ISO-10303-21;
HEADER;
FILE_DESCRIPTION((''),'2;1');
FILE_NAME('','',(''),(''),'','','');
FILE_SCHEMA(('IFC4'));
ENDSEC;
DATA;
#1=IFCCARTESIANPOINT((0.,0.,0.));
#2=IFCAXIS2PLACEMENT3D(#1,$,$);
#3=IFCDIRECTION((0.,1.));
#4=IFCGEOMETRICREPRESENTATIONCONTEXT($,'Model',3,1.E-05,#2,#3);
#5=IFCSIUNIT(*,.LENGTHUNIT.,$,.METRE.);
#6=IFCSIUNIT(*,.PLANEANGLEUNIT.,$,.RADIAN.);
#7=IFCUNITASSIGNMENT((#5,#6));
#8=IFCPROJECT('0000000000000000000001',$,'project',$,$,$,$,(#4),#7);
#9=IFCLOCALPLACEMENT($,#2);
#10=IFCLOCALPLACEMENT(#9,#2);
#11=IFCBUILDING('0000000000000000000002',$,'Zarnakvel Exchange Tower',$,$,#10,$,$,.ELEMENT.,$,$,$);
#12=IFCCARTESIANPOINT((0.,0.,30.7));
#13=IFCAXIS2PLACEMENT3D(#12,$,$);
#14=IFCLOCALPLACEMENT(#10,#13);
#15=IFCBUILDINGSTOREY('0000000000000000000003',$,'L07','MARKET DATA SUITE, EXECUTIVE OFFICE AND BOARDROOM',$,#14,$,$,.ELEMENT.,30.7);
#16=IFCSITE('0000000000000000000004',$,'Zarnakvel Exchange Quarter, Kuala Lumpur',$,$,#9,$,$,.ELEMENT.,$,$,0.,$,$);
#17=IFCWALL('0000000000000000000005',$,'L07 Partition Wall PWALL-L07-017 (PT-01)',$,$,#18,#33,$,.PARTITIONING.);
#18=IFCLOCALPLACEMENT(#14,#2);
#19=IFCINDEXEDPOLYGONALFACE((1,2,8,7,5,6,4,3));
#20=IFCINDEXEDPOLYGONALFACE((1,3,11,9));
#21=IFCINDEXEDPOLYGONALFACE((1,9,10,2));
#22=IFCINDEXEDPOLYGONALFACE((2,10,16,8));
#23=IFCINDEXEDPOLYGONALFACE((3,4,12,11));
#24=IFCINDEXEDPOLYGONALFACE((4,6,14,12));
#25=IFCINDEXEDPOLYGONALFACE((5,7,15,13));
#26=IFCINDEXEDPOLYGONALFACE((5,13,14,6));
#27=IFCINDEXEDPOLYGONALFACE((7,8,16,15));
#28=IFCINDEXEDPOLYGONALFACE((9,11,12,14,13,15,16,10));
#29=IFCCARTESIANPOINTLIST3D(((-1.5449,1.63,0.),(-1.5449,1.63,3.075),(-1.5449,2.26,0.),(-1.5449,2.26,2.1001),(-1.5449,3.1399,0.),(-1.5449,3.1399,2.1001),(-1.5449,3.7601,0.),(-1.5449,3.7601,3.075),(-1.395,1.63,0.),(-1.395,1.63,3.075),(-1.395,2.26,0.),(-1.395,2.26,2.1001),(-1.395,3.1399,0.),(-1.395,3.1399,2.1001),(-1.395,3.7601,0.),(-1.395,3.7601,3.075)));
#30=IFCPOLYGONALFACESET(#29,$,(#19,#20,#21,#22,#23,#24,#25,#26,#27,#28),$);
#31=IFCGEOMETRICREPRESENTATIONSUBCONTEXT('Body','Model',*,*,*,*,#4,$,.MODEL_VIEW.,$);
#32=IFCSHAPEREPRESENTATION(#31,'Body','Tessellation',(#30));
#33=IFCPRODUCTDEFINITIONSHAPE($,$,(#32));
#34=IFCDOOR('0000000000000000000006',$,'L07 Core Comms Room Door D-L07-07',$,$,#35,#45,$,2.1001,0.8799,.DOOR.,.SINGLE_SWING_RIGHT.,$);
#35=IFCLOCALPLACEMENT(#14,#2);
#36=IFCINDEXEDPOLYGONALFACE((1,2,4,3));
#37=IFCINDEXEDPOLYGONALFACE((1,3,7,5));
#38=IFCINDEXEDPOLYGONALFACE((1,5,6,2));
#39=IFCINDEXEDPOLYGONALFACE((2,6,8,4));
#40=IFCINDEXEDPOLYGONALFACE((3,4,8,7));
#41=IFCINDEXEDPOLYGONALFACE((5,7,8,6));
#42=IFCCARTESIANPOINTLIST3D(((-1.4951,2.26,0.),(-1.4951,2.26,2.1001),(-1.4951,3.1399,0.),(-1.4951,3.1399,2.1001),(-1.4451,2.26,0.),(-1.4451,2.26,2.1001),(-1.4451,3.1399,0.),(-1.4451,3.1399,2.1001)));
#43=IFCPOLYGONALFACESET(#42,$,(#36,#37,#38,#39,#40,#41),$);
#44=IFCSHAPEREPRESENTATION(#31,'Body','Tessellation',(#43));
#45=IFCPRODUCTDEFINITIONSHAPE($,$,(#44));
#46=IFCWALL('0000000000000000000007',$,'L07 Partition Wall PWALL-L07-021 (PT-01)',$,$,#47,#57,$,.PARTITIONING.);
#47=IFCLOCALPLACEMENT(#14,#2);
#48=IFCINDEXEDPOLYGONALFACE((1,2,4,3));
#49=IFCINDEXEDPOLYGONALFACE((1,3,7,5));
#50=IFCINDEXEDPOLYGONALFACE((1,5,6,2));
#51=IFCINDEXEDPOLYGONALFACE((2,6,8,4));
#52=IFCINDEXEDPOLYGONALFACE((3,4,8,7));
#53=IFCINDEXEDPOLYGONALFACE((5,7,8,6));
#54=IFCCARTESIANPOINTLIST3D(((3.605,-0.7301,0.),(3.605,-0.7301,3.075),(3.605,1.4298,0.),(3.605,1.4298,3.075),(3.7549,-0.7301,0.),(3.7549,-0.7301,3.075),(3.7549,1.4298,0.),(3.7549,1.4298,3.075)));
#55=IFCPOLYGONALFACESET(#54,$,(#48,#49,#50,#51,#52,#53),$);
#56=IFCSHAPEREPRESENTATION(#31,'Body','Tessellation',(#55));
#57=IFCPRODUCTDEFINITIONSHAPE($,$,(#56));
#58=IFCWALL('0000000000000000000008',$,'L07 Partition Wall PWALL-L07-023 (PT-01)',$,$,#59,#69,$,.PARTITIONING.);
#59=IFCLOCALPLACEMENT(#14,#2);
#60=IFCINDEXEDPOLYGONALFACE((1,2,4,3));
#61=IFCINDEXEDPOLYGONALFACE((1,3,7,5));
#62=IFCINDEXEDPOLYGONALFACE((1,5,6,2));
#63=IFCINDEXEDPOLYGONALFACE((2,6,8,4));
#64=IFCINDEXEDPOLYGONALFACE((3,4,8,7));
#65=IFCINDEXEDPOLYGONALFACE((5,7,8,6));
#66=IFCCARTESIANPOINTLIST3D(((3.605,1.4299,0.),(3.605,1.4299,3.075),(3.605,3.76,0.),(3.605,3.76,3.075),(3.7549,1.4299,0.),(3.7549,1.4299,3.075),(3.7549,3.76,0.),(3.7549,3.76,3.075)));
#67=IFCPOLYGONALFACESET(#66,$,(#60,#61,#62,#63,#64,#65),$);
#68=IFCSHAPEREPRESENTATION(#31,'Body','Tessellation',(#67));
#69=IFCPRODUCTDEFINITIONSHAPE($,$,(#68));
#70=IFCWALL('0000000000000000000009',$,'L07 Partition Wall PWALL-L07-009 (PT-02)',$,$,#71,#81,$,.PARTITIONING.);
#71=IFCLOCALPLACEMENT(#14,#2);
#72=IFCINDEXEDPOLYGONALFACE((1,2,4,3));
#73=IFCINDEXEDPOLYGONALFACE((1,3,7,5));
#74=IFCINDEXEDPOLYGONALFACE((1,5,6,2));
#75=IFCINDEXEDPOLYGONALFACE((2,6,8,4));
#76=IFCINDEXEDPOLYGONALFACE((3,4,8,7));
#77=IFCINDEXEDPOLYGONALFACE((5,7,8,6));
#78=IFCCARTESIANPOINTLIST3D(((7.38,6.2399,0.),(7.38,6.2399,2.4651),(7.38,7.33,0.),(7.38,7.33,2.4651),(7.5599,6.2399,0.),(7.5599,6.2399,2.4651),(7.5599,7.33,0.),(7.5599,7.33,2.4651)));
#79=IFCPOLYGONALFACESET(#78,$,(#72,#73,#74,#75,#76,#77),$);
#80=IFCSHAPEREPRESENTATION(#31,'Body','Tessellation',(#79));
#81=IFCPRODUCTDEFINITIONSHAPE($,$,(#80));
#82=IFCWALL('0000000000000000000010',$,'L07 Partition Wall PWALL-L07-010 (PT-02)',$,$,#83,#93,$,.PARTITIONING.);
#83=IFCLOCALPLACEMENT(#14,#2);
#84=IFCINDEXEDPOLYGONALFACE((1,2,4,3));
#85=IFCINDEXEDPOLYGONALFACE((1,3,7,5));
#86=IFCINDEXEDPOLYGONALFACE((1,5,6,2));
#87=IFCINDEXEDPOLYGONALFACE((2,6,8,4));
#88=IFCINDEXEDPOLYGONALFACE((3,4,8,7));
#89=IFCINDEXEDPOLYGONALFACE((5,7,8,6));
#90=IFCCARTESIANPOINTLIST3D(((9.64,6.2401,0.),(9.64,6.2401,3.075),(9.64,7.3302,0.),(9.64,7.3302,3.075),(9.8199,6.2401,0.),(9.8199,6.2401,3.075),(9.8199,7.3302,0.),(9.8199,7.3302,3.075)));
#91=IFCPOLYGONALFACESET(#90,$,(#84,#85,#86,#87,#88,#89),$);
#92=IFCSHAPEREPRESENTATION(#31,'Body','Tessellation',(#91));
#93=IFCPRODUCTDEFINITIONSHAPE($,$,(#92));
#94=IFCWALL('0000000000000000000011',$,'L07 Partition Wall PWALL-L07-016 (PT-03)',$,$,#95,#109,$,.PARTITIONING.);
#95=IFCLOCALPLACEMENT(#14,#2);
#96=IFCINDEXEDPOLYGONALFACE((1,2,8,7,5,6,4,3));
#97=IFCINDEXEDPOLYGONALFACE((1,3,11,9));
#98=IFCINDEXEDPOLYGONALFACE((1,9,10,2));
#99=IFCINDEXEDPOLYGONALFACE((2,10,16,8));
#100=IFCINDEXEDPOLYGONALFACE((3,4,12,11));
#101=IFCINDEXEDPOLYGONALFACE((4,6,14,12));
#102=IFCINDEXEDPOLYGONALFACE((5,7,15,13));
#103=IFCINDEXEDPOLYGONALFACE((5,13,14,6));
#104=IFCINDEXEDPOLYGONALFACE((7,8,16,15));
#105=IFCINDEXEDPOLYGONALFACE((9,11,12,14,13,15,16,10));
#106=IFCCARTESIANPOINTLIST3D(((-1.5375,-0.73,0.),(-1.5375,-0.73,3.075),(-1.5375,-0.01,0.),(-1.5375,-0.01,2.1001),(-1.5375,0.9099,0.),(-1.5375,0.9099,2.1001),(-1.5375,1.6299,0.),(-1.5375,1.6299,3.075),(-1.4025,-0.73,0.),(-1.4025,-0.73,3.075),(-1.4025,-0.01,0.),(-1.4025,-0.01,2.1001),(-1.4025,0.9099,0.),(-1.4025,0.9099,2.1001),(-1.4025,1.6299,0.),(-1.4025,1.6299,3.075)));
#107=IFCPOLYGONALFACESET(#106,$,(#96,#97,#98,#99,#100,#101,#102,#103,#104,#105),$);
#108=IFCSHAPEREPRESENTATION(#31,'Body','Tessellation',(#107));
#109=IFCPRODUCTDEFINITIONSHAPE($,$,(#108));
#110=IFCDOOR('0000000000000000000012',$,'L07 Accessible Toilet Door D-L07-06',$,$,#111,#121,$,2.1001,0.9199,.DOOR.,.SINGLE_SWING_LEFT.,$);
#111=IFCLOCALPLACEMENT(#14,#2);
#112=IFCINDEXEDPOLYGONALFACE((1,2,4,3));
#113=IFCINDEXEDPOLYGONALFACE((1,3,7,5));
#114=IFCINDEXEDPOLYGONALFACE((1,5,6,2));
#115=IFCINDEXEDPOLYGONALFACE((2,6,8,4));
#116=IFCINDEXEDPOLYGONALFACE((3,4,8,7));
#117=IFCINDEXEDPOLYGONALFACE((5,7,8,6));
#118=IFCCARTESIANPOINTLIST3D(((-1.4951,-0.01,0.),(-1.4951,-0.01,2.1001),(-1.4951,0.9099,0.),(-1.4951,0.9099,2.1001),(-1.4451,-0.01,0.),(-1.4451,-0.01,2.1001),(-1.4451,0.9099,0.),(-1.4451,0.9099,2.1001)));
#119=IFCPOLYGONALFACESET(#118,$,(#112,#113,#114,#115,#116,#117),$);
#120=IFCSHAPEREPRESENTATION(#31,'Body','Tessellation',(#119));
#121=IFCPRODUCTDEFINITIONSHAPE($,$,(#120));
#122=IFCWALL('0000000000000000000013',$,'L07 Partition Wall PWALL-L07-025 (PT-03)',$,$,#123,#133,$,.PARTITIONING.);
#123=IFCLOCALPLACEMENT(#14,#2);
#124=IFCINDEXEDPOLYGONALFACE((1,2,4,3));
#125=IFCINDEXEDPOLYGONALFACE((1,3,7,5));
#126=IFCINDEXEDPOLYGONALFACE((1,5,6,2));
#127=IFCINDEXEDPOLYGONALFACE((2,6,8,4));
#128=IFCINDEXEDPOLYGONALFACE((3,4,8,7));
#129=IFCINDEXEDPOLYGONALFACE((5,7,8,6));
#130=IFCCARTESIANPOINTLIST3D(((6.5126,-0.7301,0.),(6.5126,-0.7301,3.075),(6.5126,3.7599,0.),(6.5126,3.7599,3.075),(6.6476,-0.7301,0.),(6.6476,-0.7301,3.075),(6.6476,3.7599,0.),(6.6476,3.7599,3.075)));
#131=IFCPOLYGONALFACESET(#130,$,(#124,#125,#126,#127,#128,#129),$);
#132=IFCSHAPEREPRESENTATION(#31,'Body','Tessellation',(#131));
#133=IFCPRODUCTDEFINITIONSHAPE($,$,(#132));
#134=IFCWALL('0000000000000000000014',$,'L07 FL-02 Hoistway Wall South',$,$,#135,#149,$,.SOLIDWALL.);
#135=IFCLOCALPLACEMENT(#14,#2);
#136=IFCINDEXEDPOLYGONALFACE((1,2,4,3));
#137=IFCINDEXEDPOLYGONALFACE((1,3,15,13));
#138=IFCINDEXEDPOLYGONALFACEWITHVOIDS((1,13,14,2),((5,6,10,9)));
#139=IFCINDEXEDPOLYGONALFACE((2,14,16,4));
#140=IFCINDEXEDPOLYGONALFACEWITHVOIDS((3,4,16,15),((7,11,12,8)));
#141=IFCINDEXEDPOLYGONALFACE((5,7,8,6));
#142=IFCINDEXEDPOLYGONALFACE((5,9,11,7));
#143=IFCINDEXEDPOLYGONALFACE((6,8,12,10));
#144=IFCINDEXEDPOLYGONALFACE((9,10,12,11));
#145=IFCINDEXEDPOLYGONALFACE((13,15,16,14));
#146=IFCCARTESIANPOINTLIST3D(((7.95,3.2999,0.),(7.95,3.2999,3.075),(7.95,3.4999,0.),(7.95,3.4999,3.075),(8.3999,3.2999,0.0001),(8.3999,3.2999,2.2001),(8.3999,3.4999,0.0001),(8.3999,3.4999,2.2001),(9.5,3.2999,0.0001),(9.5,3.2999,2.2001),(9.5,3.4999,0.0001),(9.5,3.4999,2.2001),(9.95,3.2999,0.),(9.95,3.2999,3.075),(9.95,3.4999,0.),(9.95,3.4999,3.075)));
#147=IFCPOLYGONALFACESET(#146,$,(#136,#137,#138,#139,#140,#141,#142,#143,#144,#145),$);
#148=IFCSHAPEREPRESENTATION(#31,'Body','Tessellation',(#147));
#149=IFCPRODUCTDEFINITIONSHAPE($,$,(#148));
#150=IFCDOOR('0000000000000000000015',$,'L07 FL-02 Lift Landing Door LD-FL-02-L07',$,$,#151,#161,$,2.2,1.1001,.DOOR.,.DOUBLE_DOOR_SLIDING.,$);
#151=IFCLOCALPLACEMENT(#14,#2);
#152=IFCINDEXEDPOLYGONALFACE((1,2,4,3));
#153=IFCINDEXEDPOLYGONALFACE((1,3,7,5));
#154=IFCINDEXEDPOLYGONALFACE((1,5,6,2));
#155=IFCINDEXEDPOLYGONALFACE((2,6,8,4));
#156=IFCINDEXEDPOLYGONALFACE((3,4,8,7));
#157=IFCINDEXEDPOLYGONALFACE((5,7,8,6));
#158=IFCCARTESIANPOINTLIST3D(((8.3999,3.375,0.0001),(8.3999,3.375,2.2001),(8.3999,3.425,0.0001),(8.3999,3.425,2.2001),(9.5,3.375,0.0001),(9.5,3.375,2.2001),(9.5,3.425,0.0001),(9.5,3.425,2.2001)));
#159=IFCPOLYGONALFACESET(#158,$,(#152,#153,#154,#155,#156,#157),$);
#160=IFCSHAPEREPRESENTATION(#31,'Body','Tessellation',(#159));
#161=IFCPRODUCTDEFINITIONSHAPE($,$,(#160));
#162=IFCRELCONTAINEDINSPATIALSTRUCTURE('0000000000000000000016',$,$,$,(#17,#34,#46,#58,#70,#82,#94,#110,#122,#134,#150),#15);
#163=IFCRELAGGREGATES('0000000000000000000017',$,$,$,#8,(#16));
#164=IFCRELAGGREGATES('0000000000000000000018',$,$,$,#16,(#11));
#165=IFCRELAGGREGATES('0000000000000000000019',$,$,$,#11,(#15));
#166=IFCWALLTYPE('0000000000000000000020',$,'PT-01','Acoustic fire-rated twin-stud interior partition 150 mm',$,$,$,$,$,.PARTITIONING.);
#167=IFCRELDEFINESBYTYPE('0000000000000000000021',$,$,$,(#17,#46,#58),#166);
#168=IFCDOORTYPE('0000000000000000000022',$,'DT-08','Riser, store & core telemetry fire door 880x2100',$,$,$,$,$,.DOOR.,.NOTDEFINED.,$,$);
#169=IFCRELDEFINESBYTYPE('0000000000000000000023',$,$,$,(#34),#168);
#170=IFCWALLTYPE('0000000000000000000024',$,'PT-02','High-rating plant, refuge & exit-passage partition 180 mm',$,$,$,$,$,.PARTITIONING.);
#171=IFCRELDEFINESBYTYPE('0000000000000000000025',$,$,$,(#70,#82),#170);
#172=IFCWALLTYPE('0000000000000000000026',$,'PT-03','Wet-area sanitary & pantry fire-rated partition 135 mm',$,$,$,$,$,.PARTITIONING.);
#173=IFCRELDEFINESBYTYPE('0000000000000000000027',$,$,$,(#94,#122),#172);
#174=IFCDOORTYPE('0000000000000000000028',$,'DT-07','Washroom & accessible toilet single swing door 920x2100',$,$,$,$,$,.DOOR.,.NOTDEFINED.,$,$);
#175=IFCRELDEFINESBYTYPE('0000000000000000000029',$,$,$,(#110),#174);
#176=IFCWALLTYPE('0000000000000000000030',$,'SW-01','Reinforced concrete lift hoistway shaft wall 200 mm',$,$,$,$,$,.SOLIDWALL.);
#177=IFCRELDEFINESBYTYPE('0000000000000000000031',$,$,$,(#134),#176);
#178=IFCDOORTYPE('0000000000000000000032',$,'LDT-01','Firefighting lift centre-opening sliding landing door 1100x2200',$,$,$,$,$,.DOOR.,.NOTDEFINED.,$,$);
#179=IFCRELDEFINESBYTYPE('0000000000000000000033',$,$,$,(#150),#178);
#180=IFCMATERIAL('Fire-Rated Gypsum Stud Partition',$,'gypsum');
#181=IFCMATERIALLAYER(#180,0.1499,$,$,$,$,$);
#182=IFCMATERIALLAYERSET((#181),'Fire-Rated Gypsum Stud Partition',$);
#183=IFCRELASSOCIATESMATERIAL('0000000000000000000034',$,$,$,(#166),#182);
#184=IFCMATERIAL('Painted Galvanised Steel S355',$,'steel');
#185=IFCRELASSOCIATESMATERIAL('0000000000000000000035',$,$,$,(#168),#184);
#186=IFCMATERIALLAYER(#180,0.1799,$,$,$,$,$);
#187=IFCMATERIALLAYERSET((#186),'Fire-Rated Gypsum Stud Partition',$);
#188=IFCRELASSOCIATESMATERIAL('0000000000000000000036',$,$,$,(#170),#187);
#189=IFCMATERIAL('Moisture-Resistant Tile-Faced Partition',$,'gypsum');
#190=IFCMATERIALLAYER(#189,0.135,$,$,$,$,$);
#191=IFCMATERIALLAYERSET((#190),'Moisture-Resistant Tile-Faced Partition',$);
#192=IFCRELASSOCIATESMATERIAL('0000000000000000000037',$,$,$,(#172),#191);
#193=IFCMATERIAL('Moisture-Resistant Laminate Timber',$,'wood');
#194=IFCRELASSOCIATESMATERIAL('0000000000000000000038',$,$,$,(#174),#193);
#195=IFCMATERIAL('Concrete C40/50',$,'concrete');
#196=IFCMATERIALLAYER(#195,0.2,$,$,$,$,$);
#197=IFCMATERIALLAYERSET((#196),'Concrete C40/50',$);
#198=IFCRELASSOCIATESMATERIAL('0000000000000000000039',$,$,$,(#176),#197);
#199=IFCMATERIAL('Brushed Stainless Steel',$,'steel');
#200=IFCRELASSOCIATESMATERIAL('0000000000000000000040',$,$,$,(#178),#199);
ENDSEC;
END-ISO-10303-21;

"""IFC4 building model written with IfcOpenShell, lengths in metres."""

from ifc_helpers import new_model, si_unit, direction, frame, frame_2d, origin, place, context, subcontext, project, spatial, rectangle, extrude, source, transform, mapped, material, layer, layer_set, type_object, element, fill, save


model = new_model("IFC4")

# Units and contexts
model_context = context("Model", 3, precision=1e-05, world=origin(), true_north=direction((0.0, 1.0)))
body_context = subcontext(model_context, "Body", "Model", "MODEL_VIEW")
ifc_project = project(units=[si_unit("LENGTHUNIT", "METRE"), si_unit("PLANEANGLEUNIT", "RADIAN")], contexts=[model_context])

# Site, building, storey
site_placement = place(None, origin())
site = spatial("IfcSite", under=ifc_project, at=site_placement, Name="Zarnakvel Exchange Quarter, Kuala Lumpur", CompositionType="ELEMENT", RefElevation=0.0)
building_placement = place(site_placement, origin())
building = spatial("IfcBuilding", under=site, at=building_placement, Name="Zarnakvel Exchange Tower", CompositionType="ELEMENT")
storey_placement = place(building_placement, frame((0.0, 0.0, 30.7)))
storey = spatial("IfcBuildingStorey", under=building, at=storey_placement, Name="L07", Description="MARKET DATA SUITE, EXECUTIVE OFFICE AND BOARDROOM", CompositionType="ELEMENT", Elevation=30.7)

# Wall, opening, door
ifc_material_1 = material(Name="Fire-Rated Gypsum Stud Partition", Category="gypsum")
ifc_layer_1 = layer(ifc_material_1, 0.1499)
ifc_layer_set_1 = layer_set([ifc_layer_1], Name="Fire-Rated Gypsum Stud Partition")
wall_type_1 = type_object("IfcWallType", Name="PT-01", Description="Acoustic fire-rated twin-stud interior partition 150 mm", PredefinedType="PARTITIONING", material=ifc_layer_set_1)
wall_1_placement = place(storey_placement, frame((-1.47, 3.76, 0.0), z_axis=(0.0, 0.0, 1.0), x_axis=(0.0, -1.0, 0.0)))
wall_1 = element("IfcWall", 1, at=wall_1_placement, inside=storey, type_object=wall_type_1, Name="L07 Partition Wall PWALL-L07-017 (PT-01)", PredefinedType="PARTITIONING", context=body_context, shape_type="SweptSolid", body=[
    extrude(rectangle(XDim=2.1301, YDim=0.1499, at=frame_2d((1.0649, 0.0))), origin(), (0.0, 0.0, 1.0), 3.075),
])
opening_1_placement = place(wall_1_placement, frame((0.6201, 0.0, 0.0)))
opening_1 = element("IfcOpeningElement", 2, at=opening_1_placement, cuts=wall_1, PredefinedType="OPENING", context=body_context, shape_type="SweptSolid", body=[
    extrude(rectangle(XDim=0.8799, YDim=2.1001, at=frame_2d((0.4399, 1.05))), frame((0.0, 0.085, 0.0), z_axis=(0.0, -1.0, 0.0), x_axis=(1.0, 0.0, 0.0)), (0.0, 0.0, 1.0), 0.1699),
])
ifc_material_2 = material(Name="Painted Galvanised Steel S355", Category="steel")
door_type_1 = type_object("IfcDoorType", Name="DT-08", Description="Riser, store & core telemetry fire door 880x2100", OperationType="NOTDEFINED", PredefinedType="DOOR", material=ifc_material_2)
shared_shape_1 = source(origin(), body_context, "Body", "SweptSolid", [
    extrude(rectangle(XDim=0.8799, YDim=2.1001, at=frame_2d((0.4399, 1.05))), frame((0.0, 0.0249, 0.0), z_axis=(0.0, -1.0, 0.0), x_axis=(1.0, 0.0, 0.0)), (0.0, 0.0, 1.0), 0.05),
])
door_1_placement = place(opening_1_placement, origin())
door_1 = element("IfcDoor", 3, at=door_1_placement, inside=storey, type_object=door_type_1, Name="L07 Core Comms Room Door D-L07-07", OperationType="SINGLE_SWING_RIGHT", OverallHeight=2.1001, OverallWidth=0.8799, PredefinedType="DOOR", context=body_context, shape_type="MappedRepresentation", body=[
    mapped(shared_shape_1, transform((0.0, 0.0, 0.0), x_axis=(1.0, 0.0, 0.0), y_axis=(0.0, 1.0, 0.0), z_axis=(0.0, 0.0, 1.0), scale=1.0)),
])
fill(opening_1, door_1)

# Wall
wall_2_placement = place(storey_placement, frame((3.6799, 1.4299, 0.0), z_axis=(0.0, 0.0, 1.0), x_axis=(0.0, -1.0, 0.0)))
element("IfcWall", 4, at=wall_2_placement, inside=storey, type_object=wall_type_1, Name="L07 Partition Wall PWALL-L07-021 (PT-01)", PredefinedType="PARTITIONING", context=body_context, shape_type="SweptSolid", body=[
    extrude(rectangle(XDim=2.1599, YDim=0.1499, at=frame_2d((1.0801, 0.0))), origin(), (0.0, 0.0, 1.0), 3.075),
])

# Walls
wall_3_placement = place(storey_placement, frame((3.6799, 3.76, 0.0), z_axis=(0.0, 0.0, 1.0), x_axis=(0.0, -1.0, 0.0)))
element("IfcWall", 5, at=wall_3_placement, inside=storey, type_object=wall_type_1, Name="L07 Partition Wall PWALL-L07-023 (PT-01)", PredefinedType="PARTITIONING", context=body_context, shape_type="SweptSolid", body=[
    extrude(rectangle(XDim=2.3301, YDim=0.1499, at=frame_2d((1.165, 0.0))), origin(), (0.0, 0.0, 1.0), 3.075),
])
ifc_layer_2 = layer(ifc_material_1, 0.1799)
ifc_layer_set_2 = layer_set([ifc_layer_2], Name="Fire-Rated Gypsum Stud Partition")
wall_type_2 = type_object("IfcWallType", Name="PT-02", Description="High-rating plant, refuge & exit-passage partition 180 mm", PredefinedType="PARTITIONING", material=ifc_layer_set_2)
wall_4_placement = place(storey_placement, frame((7.47, 6.24, 0.0), z_axis=(0.0, 0.0, 1.0), x_axis=(0.0, 1.0, 0.0)))
element("IfcWall", 6, at=wall_4_placement, inside=storey, type_object=wall_type_2, Name="L07 Partition Wall PWALL-L07-009 (PT-02)", PredefinedType="PARTITIONING", context=body_context, shape_type="SweptSolid", body=[
    extrude(rectangle(XDim=1.0901, YDim=0.1799, at=frame_2d((0.5449, 0.0))), origin(), (0.0, 0.0, 1.0), 2.4651),
])
wall_5_placement = place(storey_placement, frame((9.73, 7.3301, 0.0), z_axis=(0.0, 0.0, 1.0), x_axis=(0.0, -1.0, 0.0)))
element("IfcWall", 7, at=wall_5_placement, inside=storey, type_object=wall_type_2, Name="L07 Partition Wall PWALL-L07-010 (PT-02)", PredefinedType="PARTITIONING", context=body_context, shape_type="SweptSolid", body=[
    extrude(rectangle(XDim=1.0901, YDim=0.1799, at=frame_2d((0.5449, 0.0))), origin(), (0.0, 0.0, 1.0), 3.075),
])

# Wall, opening, door
ifc_material_3 = material(Name="Moisture-Resistant Tile-Faced Partition", Category="gypsum")
ifc_layer_3 = layer(ifc_material_3, 0.135)
ifc_layer_set_3 = layer_set([ifc_layer_3], Name="Moisture-Resistant Tile-Faced Partition")
wall_type_3 = type_object("IfcWallType", Name="PT-03", Description="Wet-area sanitary & pantry fire-rated partition 135 mm", PredefinedType="PARTITIONING", material=ifc_layer_set_3)
wall_6_placement = place(storey_placement, frame((-1.47, 1.6299, 0.0), z_axis=(0.0, 0.0, 1.0), x_axis=(0.0, -1.0, 0.0)))
wall_6 = element("IfcWall", 8, at=wall_6_placement, inside=storey, type_object=wall_type_3, Name="L07 Partition Wall PWALL-L07-016 (PT-03)", PredefinedType="PARTITIONING", context=body_context, shape_type="SweptSolid", body=[
    extrude(rectangle(XDim=2.3599, YDim=0.135, at=frame_2d((1.1799, 0.0))), origin(), (0.0, 0.0, 1.0), 3.075),
])
opening_2_placement = place(wall_6_placement, frame((0.72, 0.0, 0.0)))
opening_2 = element("IfcOpeningElement", 9, at=opening_2_placement, cuts=wall_6, PredefinedType="OPENING", context=body_context, shape_type="SweptSolid", body=[
    extrude(rectangle(XDim=0.9199, YDim=2.1001, at=frame_2d((0.46, 1.05))), frame((0.0, 0.0774, 0.0), z_axis=(0.0, -1.0, 0.0), x_axis=(1.0, 0.0, 0.0)), (0.0, 0.0, 1.0), 0.155),
])
ifc_material_4 = material(Name="Moisture-Resistant Laminate Timber", Category="wood")
door_type_2 = type_object("IfcDoorType", Name="DT-07", Description="Washroom & accessible toilet single swing door 920x2100", OperationType="NOTDEFINED", PredefinedType="DOOR", material=ifc_material_4)
shared_shape_2 = source(origin(), body_context, "Body", "SweptSolid", [
    extrude(rectangle(XDim=0.9199, YDim=2.1001, at=frame_2d((0.46, 1.05))), frame((0.0, 0.0249, 0.0), z_axis=(0.0, -1.0, 0.0), x_axis=(1.0, 0.0, 0.0)), (0.0, 0.0, 1.0), 0.05),
])
door_2_placement = place(opening_2_placement, origin())
door_2 = element("IfcDoor", 10, at=door_2_placement, inside=storey, type_object=door_type_2, Name="L07 Accessible Toilet Door D-L07-06", OperationType="SINGLE_SWING_LEFT", OverallHeight=2.1001, OverallWidth=0.9199, PredefinedType="DOOR", context=body_context, shape_type="MappedRepresentation", body=[
    mapped(shared_shape_2, transform((0.0, 0.0, 0.0), x_axis=(1.0, 0.0, 0.0), y_axis=(0.0, 1.0, 0.0), z_axis=(0.0, 0.0, 1.0), scale=1.0)),
])
fill(opening_2, door_2)

# Wall
wall_7_placement = place(storey_placement, frame((6.5801, 3.76, 0.0), z_axis=(0.0, 0.0, 1.0), x_axis=(0.0, -1.0, 0.0)))
element("IfcWall", 11, at=wall_7_placement, inside=storey, type_object=wall_type_3, Name="L07 Partition Wall PWALL-L07-025 (PT-03)", PredefinedType="PARTITIONING", context=body_context, shape_type="SweptSolid", body=[
    extrude(rectangle(XDim=4.49, YDim=0.135, at=frame_2d((2.2451, 0.0))), origin(), (0.0, 0.0, 1.0), 3.075),
])

# Wall, opening, door
ifc_material_5 = material(Name="Concrete C40/50", Category="concrete")
ifc_layer_4 = layer(ifc_material_5, 0.2)
ifc_layer_set_4 = layer_set([ifc_layer_4], Name="Concrete C40/50")
wall_type_4 = type_object("IfcWallType", Name="SW-01", Description="Reinforced concrete lift hoistway shaft wall 200 mm", PredefinedType="SOLIDWALL", material=ifc_layer_set_4)
wall_8_placement = place(storey_placement, frame((9.95, 3.3999, 0.0), z_axis=(0.0, 0.0, 1.0), x_axis=(-1.0, 0.0, 0.0)))
wall_8 = element("IfcWall", 12, at=wall_8_placement, inside=storey, type_object=wall_type_4, Name="L07 FL-02 Hoistway Wall South", PredefinedType="SOLIDWALL", context=body_context, shape_type="SweptSolid", body=[
    extrude(rectangle(XDim=2.0, YDim=0.2, at=frame_2d((1.0, 0.0))), origin(), (0.0, 0.0, 1.0), 3.075),
])
opening_3_placement = place(wall_8_placement, frame((0.45, 0.0, 0.0)))
opening_3 = element("IfcOpeningElement", 13, at=opening_3_placement, cuts=wall_8, PredefinedType="OPENING", context=body_context, shape_type="SweptSolid", body=[
    extrude(rectangle(XDim=1.1001, YDim=2.2, at=frame_2d((0.55, 1.1001))), frame((0.0, 0.1099, 0.0), z_axis=(0.0, -1.0, 0.0), x_axis=(1.0, 0.0, 0.0)), (0.0, 0.0, 1.0), 0.22),
])
ifc_material_6 = material(Name="Brushed Stainless Steel", Category="steel")
door_type_3 = type_object("IfcDoorType", Name="LDT-01", Description="Firefighting lift centre-opening sliding landing door 1100x2200", OperationType="NOTDEFINED", PredefinedType="DOOR", material=ifc_material_6)
shared_shape_3 = source(origin(), body_context, "Body", "SweptSolid", [
    extrude(rectangle(XDim=1.1001, YDim=2.2, at=frame_2d((0.55, 1.1001))), frame((0.0, 0.0249, 0.0), z_axis=(0.0, -1.0, 0.0), x_axis=(1.0, 0.0, 0.0)), (0.0, 0.0, 1.0), 0.05),
])
door_3_placement = place(opening_3_placement, origin())
door_3 = element("IfcDoor", 14, at=door_3_placement, inside=storey, type_object=door_type_3, Name="L07 FL-02 Lift Landing Door LD-FL-02-L07", OperationType="DOUBLE_DOOR_SLIDING", OverallHeight=2.2, OverallWidth=1.1001, PredefinedType="DOOR", context=body_context, shape_type="MappedRepresentation", body=[
    mapped(shared_shape_3, transform((0.0, 0.0, 0.0), x_axis=(1.0, 0.0, 0.0), y_axis=(0.0, 1.0, 0.0), z_axis=(0.0, 0.0, 1.0), scale=1.0)),
])
fill(opening_3, door_3)

save(model, "model.ifc")
